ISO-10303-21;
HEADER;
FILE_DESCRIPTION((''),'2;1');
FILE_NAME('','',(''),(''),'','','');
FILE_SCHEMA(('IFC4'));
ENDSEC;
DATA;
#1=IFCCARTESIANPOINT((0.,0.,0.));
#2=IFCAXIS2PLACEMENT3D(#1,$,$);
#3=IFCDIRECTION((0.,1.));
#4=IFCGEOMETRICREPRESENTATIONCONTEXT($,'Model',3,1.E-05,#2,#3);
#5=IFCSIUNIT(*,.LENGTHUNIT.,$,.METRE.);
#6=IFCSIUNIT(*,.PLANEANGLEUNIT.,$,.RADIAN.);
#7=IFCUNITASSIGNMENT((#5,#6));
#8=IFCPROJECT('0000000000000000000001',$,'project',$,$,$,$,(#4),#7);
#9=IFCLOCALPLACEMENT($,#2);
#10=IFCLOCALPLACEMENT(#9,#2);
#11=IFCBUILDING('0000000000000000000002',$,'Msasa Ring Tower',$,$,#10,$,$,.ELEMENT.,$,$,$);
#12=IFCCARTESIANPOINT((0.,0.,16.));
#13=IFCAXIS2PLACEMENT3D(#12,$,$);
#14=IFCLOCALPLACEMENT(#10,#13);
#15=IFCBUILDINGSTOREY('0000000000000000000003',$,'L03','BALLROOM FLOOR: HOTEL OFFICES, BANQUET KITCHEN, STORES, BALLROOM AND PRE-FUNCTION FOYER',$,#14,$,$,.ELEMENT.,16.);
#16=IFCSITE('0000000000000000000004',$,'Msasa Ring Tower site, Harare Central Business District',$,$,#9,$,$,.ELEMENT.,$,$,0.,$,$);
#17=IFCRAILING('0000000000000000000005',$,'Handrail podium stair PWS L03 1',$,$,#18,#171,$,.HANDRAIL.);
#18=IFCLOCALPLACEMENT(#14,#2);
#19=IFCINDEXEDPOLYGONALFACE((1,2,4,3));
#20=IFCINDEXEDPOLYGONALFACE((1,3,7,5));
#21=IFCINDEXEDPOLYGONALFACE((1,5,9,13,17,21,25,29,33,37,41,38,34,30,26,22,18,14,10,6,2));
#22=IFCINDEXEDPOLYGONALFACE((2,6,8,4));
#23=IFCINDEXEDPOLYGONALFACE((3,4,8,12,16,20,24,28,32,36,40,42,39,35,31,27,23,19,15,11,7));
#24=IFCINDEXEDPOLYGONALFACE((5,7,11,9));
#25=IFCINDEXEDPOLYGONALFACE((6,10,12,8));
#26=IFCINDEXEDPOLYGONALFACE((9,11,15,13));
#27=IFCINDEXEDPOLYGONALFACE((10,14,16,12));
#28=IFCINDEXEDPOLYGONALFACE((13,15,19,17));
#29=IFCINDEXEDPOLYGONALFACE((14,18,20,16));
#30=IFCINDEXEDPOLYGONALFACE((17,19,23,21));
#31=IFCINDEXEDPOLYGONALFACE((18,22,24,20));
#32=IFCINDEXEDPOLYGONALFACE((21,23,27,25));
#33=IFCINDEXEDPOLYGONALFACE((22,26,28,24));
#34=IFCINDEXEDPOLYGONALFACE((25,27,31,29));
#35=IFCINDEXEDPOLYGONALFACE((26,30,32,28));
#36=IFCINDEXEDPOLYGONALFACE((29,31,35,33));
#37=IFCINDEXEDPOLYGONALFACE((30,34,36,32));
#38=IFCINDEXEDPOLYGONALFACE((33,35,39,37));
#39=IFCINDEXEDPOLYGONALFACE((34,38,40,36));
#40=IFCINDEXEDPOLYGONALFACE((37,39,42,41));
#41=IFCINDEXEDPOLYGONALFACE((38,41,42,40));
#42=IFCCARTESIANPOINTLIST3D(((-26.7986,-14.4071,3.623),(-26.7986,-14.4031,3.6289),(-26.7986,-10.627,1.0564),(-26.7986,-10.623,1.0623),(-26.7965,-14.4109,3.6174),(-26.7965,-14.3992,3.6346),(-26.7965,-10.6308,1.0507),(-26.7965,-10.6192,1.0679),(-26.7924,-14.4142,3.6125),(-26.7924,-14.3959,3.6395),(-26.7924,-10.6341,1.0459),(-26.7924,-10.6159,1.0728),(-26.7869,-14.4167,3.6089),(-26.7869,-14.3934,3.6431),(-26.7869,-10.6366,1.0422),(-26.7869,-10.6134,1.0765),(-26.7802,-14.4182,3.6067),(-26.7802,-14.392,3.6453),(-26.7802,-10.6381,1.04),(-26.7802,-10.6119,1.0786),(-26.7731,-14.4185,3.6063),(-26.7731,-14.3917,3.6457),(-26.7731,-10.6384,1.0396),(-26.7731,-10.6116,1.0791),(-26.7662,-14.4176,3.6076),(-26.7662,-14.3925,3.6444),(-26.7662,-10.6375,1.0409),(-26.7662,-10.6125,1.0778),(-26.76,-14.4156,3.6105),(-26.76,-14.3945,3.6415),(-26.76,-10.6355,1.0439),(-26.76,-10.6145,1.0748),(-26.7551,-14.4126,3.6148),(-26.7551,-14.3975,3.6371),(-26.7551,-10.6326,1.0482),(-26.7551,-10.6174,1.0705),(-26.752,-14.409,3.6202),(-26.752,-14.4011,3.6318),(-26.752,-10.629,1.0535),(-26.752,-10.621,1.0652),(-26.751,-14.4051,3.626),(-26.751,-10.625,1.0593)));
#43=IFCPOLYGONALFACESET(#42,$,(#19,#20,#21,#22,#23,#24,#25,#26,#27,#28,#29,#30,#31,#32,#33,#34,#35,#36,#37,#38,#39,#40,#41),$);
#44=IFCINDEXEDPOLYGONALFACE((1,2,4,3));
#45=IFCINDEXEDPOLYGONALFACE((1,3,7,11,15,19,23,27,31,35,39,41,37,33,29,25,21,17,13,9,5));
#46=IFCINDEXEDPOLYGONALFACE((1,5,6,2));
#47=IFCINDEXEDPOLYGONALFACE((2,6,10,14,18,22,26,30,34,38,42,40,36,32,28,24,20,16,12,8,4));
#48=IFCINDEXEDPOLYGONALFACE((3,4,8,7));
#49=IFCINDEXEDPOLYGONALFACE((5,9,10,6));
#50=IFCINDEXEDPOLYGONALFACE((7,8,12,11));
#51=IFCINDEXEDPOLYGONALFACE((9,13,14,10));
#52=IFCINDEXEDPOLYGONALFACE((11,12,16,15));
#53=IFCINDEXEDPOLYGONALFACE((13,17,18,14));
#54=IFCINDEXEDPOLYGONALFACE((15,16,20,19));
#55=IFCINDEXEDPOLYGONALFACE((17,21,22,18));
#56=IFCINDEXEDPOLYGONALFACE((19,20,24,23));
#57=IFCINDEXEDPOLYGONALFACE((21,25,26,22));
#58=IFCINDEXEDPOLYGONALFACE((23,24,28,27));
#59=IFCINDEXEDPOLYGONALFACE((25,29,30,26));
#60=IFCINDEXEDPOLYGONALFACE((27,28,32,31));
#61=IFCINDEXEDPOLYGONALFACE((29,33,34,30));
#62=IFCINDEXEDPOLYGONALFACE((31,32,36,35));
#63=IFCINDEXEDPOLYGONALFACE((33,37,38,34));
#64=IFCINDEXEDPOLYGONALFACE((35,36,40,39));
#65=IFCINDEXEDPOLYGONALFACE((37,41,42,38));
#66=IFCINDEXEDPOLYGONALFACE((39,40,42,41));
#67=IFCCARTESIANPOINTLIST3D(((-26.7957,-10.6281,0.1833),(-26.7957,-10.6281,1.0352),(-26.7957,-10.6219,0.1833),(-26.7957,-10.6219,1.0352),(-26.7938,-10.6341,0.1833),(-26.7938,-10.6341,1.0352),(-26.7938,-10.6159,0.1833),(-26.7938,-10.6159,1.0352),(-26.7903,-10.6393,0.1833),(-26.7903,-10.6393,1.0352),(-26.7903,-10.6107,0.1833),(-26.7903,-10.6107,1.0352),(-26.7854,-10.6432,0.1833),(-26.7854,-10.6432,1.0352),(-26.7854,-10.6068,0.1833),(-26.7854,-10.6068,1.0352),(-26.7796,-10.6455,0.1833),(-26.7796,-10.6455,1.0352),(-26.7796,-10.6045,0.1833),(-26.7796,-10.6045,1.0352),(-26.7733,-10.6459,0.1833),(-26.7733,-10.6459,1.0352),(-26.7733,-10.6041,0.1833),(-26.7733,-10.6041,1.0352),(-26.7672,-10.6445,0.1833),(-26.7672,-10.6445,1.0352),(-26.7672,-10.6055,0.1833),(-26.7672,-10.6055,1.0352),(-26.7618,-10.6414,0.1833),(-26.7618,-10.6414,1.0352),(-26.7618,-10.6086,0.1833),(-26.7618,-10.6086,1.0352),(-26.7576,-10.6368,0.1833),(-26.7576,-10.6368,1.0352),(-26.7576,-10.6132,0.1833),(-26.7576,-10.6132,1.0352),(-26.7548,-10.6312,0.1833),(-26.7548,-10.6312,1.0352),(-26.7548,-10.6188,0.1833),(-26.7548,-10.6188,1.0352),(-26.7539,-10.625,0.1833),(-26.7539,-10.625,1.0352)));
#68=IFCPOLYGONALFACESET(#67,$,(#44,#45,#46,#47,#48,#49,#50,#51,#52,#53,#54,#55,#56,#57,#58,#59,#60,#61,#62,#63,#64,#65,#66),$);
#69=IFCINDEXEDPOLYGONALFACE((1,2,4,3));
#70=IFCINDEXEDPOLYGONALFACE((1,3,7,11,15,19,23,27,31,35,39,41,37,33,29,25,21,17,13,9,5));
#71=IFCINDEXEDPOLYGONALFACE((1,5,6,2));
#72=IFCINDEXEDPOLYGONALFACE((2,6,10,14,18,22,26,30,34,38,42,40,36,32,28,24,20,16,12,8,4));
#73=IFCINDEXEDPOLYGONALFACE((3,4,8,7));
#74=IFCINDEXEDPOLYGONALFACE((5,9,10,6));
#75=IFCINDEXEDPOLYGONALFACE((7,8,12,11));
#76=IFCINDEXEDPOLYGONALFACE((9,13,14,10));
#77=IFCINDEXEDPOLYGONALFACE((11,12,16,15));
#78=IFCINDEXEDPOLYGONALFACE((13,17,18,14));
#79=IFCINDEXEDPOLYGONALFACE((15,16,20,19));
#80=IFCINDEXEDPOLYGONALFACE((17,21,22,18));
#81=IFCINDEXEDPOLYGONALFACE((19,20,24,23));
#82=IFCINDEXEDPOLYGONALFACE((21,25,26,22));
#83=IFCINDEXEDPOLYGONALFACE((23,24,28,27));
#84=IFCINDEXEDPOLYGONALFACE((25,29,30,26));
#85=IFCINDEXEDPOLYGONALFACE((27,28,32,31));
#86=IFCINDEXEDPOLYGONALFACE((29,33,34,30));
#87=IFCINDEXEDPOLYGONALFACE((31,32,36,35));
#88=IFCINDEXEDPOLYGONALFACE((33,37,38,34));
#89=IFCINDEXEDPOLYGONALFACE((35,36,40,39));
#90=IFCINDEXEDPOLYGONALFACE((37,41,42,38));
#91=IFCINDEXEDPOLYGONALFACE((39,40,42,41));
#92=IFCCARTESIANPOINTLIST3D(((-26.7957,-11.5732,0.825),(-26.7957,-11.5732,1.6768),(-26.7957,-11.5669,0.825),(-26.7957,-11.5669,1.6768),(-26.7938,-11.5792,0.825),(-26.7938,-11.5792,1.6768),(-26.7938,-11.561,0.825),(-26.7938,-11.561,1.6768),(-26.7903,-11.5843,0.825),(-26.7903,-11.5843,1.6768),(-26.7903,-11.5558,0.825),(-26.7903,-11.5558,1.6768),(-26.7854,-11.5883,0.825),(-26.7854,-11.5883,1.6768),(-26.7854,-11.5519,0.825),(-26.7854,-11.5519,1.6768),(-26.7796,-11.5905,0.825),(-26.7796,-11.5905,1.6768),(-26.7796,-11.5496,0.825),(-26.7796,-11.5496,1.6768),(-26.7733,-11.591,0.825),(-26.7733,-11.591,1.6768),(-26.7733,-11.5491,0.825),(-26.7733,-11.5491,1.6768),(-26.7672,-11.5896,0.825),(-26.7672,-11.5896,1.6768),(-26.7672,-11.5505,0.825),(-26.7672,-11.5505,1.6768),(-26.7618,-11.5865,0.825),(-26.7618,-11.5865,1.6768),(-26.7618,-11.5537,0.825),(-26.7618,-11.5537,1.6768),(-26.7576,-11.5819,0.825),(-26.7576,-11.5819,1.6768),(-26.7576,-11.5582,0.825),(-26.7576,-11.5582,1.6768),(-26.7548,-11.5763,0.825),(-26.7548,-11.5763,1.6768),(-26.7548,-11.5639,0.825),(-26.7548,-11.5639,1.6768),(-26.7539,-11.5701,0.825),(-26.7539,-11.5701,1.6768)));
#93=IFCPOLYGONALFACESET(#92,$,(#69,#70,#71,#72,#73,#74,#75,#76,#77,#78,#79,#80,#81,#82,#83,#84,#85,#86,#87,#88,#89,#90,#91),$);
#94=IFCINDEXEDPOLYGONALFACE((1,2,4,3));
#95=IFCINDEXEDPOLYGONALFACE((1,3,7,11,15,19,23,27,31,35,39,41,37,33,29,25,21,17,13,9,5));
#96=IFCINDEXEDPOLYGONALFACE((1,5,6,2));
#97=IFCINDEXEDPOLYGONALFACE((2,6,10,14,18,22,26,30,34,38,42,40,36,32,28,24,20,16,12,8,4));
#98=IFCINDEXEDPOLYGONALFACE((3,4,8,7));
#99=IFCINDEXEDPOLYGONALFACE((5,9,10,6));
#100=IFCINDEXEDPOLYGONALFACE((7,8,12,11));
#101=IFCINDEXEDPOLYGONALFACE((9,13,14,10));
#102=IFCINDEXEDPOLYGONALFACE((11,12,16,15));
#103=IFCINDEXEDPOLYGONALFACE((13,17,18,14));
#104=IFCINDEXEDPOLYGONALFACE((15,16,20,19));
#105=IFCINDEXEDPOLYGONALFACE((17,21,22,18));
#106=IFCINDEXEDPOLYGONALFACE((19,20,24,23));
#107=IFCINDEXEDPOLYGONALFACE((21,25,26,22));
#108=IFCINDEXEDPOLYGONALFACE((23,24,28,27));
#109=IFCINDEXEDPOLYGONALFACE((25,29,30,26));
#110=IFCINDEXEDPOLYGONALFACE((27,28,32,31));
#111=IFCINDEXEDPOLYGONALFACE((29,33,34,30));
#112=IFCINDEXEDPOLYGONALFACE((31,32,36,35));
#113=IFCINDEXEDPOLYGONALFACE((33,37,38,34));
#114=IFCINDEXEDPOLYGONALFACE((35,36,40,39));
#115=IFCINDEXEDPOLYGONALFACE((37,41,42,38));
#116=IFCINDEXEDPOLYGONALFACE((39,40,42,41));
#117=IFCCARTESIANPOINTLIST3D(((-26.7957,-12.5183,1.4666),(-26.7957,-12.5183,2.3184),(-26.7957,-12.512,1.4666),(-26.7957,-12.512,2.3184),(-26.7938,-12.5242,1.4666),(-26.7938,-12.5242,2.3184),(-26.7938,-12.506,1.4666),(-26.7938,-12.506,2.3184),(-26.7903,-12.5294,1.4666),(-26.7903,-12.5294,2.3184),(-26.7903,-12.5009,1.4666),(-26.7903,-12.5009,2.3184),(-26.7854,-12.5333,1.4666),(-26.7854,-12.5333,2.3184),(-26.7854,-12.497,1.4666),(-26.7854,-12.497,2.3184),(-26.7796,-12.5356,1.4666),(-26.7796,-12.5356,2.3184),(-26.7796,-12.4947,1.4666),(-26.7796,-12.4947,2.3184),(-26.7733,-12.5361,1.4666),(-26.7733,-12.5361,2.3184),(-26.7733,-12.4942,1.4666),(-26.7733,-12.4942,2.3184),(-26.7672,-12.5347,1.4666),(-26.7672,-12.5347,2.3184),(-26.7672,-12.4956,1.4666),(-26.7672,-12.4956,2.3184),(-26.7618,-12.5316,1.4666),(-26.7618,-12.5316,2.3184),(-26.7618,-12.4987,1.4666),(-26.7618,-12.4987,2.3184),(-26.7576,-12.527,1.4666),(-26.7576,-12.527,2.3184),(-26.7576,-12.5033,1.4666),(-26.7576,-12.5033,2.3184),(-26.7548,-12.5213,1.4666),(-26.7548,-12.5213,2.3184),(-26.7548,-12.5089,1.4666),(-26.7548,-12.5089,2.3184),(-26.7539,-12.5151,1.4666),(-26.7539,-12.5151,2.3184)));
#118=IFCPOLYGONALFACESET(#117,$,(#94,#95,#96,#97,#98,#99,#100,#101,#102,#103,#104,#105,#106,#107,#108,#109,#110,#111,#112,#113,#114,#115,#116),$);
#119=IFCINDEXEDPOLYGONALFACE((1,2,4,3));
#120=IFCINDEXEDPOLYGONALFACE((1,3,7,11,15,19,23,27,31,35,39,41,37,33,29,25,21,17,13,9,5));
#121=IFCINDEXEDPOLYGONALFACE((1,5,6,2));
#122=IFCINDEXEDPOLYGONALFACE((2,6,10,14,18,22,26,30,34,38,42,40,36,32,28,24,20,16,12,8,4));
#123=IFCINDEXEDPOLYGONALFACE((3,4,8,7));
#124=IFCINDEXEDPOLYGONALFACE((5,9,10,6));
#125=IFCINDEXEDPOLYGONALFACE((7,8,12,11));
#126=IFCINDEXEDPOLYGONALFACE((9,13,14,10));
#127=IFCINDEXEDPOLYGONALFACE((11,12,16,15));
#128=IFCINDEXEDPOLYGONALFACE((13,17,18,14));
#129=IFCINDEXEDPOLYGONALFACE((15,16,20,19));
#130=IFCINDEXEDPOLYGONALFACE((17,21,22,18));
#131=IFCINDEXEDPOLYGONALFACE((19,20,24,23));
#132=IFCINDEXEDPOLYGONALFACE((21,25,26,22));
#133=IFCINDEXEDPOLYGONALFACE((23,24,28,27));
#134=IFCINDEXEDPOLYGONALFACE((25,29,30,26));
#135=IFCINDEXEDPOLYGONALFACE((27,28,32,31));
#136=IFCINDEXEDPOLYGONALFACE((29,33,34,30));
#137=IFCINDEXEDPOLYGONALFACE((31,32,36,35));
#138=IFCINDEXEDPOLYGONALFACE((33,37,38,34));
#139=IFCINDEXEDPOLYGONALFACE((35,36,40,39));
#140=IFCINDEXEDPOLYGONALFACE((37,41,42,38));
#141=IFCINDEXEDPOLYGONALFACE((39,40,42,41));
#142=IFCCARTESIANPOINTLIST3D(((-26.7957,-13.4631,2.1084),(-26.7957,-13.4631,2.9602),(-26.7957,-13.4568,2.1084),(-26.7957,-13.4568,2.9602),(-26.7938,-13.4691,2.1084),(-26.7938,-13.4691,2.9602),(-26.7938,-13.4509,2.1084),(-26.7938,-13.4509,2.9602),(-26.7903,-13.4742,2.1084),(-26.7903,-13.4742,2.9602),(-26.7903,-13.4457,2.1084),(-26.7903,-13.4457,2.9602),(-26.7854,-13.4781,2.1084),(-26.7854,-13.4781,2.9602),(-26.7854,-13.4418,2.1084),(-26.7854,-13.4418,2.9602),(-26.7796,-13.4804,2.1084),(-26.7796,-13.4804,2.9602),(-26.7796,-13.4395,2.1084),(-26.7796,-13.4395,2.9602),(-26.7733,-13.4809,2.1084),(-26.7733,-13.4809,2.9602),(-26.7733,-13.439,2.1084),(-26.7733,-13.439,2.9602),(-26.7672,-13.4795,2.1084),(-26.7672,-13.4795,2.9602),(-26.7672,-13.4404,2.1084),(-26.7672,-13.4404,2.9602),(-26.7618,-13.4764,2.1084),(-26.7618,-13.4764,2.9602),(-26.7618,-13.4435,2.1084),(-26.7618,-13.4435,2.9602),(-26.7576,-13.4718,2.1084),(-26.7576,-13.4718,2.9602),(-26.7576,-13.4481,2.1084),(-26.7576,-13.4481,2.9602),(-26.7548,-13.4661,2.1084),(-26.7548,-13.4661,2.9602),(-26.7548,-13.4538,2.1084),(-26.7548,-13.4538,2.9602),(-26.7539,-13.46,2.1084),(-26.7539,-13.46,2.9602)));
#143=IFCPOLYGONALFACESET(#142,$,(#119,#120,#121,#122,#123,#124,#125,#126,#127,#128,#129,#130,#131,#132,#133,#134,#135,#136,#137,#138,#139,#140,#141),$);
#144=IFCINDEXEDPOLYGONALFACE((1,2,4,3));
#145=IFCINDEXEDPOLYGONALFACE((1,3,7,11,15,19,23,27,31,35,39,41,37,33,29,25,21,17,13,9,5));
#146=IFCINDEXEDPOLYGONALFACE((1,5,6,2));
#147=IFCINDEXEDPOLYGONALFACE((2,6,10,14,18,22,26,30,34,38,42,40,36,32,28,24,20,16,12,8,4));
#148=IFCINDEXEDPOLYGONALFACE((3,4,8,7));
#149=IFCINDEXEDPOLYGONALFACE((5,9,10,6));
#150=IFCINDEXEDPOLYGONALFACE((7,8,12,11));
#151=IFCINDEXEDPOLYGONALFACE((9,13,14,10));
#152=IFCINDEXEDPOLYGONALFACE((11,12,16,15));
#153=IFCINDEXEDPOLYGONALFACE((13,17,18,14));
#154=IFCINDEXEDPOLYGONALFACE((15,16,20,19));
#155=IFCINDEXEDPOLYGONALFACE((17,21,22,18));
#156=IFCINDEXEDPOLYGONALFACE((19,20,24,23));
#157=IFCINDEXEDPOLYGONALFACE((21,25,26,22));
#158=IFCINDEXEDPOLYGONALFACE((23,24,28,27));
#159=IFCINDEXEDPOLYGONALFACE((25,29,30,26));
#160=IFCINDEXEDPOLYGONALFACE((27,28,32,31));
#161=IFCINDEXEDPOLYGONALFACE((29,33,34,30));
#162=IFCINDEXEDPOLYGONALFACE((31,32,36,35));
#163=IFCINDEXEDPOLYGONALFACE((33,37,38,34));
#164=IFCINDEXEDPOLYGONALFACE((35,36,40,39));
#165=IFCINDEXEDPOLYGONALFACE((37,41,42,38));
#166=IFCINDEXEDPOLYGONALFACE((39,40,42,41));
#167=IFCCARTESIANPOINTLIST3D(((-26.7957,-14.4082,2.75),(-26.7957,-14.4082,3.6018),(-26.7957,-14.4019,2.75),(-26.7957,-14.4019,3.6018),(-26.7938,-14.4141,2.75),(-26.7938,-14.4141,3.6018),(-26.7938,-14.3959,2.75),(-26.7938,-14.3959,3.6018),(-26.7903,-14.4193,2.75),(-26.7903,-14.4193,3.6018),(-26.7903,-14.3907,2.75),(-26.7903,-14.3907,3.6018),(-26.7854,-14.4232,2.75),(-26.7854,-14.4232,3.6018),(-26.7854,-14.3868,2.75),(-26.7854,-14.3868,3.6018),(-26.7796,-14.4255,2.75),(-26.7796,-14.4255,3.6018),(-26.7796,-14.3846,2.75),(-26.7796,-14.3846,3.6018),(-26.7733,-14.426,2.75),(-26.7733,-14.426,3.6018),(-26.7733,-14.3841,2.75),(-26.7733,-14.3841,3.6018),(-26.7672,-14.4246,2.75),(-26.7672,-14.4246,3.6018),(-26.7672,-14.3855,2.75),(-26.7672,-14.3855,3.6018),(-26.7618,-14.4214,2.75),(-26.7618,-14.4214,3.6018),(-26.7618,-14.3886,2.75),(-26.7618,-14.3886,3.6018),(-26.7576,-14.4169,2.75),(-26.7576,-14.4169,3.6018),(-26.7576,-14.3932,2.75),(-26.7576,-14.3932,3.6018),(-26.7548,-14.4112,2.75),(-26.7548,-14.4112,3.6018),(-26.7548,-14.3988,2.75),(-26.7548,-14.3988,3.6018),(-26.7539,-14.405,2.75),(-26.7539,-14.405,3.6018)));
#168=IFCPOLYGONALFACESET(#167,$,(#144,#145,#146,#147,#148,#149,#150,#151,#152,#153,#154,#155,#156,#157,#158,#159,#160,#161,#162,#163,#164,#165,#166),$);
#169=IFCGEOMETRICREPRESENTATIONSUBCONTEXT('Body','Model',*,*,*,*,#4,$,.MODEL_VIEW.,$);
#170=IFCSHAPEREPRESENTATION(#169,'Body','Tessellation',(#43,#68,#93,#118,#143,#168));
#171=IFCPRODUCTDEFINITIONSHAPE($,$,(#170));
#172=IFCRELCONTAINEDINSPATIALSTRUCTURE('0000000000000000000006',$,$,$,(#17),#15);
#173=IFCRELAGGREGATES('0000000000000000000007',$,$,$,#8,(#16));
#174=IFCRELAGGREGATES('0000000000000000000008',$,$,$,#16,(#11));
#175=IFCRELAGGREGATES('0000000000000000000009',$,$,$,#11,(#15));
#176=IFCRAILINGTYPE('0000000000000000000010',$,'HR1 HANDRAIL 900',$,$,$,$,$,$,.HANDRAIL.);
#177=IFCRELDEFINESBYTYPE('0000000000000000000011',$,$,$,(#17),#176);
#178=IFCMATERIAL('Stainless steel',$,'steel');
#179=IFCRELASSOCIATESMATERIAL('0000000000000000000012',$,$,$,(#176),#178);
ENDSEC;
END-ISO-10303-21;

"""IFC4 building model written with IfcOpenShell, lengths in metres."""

from ifc_helpers import new_model, si_unit, direction, frame, origin, origin_2d, place, context, subcontext, project, spatial, circle, extrude, material, type_object, element, save


model = new_model("IFC4")

# Units and contexts
model_context = context("Model", 3, precision=1e-05, world=origin(), true_north=direction((0.0, 1.0)))
body_context = subcontext(model_context, "Body", "Model", "MODEL_VIEW")
ifc_project = project(units=[si_unit("LENGTHUNIT", "METRE"), si_unit("PLANEANGLEUNIT", "RADIAN")], contexts=[model_context])

# Site, building, storey
site_placement = place(None, origin())
site = spatial("IfcSite", under=ifc_project, at=site_placement, Name="Msasa Ring Tower site, Harare Central Business District", CompositionType="ELEMENT", RefElevation=0.0)
building_placement = place(site_placement, origin())
building = spatial("IfcBuilding", under=site, at=building_placement, Name="Msasa Ring Tower", CompositionType="ELEMENT")
storey_placement = place(building_placement, frame((0.0, 0.0, 16.0)))
storey = spatial("IfcBuildingStorey", under=building, at=storey_placement, Name="L03", Description="BALLROOM FLOOR: HOTEL OFFICES, BANQUET KITCHEN, STORES, BALLROOM AND PRE-FUNCTION FOYER", CompositionType="ELEMENT", Elevation=16.0)

# Railing
ifc_material_1 = material(Name="Stainless steel", Category="steel")
railing_type = type_object("IfcRailingType", Name="HR1 HANDRAIL 900", PredefinedType="HANDRAIL", material=ifc_material_1)
for number, where, name in (
    (1, (-26.7749, -10.625, 0.1833), "Handrail podium stair PWS L03 1"),
):
    element("IfcRailing", number, at=place(storey_placement, frame(where)), inside=storey, type_object=railing_type, Name=name, PredefinedType="HANDRAIL", context=body_context, shape_type="SweptSolid", body=[
        extrude(circle(Radius=0.0239, at=origin_2d()), frame((0.0, 0.0, 0.876), z_axis=(0.0, -0.82731, 0.561746), x_axis=(1.0, 0.0, 0.0)), (0.0, 0.0, 1.0), 4.5691),
        extrude(circle(Radius=0.021, at=origin_2d()), origin(), (0.0, 0.0, 1.0), 0.8518),
        extrude(circle(Radius=0.021, at=origin_2d()), frame((0.0, -0.9451, 0.6416)), (0.0, 0.0, 1.0), 0.8518),
        extrude(circle(Radius=0.021, at=origin_2d()), frame((0.0, -1.8901, 1.2832)), (0.0, 0.0, 1.0), 0.8518),
        extrude(circle(Radius=0.021, at=origin_2d()), frame((0.0, -2.835, 1.925)), (0.0, 0.0, 1.0), 0.8518),
        extrude(circle(Radius=0.021, at=origin_2d()), frame((0.0, -3.78, 2.5667)), (0.0, 0.0, 1.0), 0.8518),
    ])

save(model, "model.ifc")
